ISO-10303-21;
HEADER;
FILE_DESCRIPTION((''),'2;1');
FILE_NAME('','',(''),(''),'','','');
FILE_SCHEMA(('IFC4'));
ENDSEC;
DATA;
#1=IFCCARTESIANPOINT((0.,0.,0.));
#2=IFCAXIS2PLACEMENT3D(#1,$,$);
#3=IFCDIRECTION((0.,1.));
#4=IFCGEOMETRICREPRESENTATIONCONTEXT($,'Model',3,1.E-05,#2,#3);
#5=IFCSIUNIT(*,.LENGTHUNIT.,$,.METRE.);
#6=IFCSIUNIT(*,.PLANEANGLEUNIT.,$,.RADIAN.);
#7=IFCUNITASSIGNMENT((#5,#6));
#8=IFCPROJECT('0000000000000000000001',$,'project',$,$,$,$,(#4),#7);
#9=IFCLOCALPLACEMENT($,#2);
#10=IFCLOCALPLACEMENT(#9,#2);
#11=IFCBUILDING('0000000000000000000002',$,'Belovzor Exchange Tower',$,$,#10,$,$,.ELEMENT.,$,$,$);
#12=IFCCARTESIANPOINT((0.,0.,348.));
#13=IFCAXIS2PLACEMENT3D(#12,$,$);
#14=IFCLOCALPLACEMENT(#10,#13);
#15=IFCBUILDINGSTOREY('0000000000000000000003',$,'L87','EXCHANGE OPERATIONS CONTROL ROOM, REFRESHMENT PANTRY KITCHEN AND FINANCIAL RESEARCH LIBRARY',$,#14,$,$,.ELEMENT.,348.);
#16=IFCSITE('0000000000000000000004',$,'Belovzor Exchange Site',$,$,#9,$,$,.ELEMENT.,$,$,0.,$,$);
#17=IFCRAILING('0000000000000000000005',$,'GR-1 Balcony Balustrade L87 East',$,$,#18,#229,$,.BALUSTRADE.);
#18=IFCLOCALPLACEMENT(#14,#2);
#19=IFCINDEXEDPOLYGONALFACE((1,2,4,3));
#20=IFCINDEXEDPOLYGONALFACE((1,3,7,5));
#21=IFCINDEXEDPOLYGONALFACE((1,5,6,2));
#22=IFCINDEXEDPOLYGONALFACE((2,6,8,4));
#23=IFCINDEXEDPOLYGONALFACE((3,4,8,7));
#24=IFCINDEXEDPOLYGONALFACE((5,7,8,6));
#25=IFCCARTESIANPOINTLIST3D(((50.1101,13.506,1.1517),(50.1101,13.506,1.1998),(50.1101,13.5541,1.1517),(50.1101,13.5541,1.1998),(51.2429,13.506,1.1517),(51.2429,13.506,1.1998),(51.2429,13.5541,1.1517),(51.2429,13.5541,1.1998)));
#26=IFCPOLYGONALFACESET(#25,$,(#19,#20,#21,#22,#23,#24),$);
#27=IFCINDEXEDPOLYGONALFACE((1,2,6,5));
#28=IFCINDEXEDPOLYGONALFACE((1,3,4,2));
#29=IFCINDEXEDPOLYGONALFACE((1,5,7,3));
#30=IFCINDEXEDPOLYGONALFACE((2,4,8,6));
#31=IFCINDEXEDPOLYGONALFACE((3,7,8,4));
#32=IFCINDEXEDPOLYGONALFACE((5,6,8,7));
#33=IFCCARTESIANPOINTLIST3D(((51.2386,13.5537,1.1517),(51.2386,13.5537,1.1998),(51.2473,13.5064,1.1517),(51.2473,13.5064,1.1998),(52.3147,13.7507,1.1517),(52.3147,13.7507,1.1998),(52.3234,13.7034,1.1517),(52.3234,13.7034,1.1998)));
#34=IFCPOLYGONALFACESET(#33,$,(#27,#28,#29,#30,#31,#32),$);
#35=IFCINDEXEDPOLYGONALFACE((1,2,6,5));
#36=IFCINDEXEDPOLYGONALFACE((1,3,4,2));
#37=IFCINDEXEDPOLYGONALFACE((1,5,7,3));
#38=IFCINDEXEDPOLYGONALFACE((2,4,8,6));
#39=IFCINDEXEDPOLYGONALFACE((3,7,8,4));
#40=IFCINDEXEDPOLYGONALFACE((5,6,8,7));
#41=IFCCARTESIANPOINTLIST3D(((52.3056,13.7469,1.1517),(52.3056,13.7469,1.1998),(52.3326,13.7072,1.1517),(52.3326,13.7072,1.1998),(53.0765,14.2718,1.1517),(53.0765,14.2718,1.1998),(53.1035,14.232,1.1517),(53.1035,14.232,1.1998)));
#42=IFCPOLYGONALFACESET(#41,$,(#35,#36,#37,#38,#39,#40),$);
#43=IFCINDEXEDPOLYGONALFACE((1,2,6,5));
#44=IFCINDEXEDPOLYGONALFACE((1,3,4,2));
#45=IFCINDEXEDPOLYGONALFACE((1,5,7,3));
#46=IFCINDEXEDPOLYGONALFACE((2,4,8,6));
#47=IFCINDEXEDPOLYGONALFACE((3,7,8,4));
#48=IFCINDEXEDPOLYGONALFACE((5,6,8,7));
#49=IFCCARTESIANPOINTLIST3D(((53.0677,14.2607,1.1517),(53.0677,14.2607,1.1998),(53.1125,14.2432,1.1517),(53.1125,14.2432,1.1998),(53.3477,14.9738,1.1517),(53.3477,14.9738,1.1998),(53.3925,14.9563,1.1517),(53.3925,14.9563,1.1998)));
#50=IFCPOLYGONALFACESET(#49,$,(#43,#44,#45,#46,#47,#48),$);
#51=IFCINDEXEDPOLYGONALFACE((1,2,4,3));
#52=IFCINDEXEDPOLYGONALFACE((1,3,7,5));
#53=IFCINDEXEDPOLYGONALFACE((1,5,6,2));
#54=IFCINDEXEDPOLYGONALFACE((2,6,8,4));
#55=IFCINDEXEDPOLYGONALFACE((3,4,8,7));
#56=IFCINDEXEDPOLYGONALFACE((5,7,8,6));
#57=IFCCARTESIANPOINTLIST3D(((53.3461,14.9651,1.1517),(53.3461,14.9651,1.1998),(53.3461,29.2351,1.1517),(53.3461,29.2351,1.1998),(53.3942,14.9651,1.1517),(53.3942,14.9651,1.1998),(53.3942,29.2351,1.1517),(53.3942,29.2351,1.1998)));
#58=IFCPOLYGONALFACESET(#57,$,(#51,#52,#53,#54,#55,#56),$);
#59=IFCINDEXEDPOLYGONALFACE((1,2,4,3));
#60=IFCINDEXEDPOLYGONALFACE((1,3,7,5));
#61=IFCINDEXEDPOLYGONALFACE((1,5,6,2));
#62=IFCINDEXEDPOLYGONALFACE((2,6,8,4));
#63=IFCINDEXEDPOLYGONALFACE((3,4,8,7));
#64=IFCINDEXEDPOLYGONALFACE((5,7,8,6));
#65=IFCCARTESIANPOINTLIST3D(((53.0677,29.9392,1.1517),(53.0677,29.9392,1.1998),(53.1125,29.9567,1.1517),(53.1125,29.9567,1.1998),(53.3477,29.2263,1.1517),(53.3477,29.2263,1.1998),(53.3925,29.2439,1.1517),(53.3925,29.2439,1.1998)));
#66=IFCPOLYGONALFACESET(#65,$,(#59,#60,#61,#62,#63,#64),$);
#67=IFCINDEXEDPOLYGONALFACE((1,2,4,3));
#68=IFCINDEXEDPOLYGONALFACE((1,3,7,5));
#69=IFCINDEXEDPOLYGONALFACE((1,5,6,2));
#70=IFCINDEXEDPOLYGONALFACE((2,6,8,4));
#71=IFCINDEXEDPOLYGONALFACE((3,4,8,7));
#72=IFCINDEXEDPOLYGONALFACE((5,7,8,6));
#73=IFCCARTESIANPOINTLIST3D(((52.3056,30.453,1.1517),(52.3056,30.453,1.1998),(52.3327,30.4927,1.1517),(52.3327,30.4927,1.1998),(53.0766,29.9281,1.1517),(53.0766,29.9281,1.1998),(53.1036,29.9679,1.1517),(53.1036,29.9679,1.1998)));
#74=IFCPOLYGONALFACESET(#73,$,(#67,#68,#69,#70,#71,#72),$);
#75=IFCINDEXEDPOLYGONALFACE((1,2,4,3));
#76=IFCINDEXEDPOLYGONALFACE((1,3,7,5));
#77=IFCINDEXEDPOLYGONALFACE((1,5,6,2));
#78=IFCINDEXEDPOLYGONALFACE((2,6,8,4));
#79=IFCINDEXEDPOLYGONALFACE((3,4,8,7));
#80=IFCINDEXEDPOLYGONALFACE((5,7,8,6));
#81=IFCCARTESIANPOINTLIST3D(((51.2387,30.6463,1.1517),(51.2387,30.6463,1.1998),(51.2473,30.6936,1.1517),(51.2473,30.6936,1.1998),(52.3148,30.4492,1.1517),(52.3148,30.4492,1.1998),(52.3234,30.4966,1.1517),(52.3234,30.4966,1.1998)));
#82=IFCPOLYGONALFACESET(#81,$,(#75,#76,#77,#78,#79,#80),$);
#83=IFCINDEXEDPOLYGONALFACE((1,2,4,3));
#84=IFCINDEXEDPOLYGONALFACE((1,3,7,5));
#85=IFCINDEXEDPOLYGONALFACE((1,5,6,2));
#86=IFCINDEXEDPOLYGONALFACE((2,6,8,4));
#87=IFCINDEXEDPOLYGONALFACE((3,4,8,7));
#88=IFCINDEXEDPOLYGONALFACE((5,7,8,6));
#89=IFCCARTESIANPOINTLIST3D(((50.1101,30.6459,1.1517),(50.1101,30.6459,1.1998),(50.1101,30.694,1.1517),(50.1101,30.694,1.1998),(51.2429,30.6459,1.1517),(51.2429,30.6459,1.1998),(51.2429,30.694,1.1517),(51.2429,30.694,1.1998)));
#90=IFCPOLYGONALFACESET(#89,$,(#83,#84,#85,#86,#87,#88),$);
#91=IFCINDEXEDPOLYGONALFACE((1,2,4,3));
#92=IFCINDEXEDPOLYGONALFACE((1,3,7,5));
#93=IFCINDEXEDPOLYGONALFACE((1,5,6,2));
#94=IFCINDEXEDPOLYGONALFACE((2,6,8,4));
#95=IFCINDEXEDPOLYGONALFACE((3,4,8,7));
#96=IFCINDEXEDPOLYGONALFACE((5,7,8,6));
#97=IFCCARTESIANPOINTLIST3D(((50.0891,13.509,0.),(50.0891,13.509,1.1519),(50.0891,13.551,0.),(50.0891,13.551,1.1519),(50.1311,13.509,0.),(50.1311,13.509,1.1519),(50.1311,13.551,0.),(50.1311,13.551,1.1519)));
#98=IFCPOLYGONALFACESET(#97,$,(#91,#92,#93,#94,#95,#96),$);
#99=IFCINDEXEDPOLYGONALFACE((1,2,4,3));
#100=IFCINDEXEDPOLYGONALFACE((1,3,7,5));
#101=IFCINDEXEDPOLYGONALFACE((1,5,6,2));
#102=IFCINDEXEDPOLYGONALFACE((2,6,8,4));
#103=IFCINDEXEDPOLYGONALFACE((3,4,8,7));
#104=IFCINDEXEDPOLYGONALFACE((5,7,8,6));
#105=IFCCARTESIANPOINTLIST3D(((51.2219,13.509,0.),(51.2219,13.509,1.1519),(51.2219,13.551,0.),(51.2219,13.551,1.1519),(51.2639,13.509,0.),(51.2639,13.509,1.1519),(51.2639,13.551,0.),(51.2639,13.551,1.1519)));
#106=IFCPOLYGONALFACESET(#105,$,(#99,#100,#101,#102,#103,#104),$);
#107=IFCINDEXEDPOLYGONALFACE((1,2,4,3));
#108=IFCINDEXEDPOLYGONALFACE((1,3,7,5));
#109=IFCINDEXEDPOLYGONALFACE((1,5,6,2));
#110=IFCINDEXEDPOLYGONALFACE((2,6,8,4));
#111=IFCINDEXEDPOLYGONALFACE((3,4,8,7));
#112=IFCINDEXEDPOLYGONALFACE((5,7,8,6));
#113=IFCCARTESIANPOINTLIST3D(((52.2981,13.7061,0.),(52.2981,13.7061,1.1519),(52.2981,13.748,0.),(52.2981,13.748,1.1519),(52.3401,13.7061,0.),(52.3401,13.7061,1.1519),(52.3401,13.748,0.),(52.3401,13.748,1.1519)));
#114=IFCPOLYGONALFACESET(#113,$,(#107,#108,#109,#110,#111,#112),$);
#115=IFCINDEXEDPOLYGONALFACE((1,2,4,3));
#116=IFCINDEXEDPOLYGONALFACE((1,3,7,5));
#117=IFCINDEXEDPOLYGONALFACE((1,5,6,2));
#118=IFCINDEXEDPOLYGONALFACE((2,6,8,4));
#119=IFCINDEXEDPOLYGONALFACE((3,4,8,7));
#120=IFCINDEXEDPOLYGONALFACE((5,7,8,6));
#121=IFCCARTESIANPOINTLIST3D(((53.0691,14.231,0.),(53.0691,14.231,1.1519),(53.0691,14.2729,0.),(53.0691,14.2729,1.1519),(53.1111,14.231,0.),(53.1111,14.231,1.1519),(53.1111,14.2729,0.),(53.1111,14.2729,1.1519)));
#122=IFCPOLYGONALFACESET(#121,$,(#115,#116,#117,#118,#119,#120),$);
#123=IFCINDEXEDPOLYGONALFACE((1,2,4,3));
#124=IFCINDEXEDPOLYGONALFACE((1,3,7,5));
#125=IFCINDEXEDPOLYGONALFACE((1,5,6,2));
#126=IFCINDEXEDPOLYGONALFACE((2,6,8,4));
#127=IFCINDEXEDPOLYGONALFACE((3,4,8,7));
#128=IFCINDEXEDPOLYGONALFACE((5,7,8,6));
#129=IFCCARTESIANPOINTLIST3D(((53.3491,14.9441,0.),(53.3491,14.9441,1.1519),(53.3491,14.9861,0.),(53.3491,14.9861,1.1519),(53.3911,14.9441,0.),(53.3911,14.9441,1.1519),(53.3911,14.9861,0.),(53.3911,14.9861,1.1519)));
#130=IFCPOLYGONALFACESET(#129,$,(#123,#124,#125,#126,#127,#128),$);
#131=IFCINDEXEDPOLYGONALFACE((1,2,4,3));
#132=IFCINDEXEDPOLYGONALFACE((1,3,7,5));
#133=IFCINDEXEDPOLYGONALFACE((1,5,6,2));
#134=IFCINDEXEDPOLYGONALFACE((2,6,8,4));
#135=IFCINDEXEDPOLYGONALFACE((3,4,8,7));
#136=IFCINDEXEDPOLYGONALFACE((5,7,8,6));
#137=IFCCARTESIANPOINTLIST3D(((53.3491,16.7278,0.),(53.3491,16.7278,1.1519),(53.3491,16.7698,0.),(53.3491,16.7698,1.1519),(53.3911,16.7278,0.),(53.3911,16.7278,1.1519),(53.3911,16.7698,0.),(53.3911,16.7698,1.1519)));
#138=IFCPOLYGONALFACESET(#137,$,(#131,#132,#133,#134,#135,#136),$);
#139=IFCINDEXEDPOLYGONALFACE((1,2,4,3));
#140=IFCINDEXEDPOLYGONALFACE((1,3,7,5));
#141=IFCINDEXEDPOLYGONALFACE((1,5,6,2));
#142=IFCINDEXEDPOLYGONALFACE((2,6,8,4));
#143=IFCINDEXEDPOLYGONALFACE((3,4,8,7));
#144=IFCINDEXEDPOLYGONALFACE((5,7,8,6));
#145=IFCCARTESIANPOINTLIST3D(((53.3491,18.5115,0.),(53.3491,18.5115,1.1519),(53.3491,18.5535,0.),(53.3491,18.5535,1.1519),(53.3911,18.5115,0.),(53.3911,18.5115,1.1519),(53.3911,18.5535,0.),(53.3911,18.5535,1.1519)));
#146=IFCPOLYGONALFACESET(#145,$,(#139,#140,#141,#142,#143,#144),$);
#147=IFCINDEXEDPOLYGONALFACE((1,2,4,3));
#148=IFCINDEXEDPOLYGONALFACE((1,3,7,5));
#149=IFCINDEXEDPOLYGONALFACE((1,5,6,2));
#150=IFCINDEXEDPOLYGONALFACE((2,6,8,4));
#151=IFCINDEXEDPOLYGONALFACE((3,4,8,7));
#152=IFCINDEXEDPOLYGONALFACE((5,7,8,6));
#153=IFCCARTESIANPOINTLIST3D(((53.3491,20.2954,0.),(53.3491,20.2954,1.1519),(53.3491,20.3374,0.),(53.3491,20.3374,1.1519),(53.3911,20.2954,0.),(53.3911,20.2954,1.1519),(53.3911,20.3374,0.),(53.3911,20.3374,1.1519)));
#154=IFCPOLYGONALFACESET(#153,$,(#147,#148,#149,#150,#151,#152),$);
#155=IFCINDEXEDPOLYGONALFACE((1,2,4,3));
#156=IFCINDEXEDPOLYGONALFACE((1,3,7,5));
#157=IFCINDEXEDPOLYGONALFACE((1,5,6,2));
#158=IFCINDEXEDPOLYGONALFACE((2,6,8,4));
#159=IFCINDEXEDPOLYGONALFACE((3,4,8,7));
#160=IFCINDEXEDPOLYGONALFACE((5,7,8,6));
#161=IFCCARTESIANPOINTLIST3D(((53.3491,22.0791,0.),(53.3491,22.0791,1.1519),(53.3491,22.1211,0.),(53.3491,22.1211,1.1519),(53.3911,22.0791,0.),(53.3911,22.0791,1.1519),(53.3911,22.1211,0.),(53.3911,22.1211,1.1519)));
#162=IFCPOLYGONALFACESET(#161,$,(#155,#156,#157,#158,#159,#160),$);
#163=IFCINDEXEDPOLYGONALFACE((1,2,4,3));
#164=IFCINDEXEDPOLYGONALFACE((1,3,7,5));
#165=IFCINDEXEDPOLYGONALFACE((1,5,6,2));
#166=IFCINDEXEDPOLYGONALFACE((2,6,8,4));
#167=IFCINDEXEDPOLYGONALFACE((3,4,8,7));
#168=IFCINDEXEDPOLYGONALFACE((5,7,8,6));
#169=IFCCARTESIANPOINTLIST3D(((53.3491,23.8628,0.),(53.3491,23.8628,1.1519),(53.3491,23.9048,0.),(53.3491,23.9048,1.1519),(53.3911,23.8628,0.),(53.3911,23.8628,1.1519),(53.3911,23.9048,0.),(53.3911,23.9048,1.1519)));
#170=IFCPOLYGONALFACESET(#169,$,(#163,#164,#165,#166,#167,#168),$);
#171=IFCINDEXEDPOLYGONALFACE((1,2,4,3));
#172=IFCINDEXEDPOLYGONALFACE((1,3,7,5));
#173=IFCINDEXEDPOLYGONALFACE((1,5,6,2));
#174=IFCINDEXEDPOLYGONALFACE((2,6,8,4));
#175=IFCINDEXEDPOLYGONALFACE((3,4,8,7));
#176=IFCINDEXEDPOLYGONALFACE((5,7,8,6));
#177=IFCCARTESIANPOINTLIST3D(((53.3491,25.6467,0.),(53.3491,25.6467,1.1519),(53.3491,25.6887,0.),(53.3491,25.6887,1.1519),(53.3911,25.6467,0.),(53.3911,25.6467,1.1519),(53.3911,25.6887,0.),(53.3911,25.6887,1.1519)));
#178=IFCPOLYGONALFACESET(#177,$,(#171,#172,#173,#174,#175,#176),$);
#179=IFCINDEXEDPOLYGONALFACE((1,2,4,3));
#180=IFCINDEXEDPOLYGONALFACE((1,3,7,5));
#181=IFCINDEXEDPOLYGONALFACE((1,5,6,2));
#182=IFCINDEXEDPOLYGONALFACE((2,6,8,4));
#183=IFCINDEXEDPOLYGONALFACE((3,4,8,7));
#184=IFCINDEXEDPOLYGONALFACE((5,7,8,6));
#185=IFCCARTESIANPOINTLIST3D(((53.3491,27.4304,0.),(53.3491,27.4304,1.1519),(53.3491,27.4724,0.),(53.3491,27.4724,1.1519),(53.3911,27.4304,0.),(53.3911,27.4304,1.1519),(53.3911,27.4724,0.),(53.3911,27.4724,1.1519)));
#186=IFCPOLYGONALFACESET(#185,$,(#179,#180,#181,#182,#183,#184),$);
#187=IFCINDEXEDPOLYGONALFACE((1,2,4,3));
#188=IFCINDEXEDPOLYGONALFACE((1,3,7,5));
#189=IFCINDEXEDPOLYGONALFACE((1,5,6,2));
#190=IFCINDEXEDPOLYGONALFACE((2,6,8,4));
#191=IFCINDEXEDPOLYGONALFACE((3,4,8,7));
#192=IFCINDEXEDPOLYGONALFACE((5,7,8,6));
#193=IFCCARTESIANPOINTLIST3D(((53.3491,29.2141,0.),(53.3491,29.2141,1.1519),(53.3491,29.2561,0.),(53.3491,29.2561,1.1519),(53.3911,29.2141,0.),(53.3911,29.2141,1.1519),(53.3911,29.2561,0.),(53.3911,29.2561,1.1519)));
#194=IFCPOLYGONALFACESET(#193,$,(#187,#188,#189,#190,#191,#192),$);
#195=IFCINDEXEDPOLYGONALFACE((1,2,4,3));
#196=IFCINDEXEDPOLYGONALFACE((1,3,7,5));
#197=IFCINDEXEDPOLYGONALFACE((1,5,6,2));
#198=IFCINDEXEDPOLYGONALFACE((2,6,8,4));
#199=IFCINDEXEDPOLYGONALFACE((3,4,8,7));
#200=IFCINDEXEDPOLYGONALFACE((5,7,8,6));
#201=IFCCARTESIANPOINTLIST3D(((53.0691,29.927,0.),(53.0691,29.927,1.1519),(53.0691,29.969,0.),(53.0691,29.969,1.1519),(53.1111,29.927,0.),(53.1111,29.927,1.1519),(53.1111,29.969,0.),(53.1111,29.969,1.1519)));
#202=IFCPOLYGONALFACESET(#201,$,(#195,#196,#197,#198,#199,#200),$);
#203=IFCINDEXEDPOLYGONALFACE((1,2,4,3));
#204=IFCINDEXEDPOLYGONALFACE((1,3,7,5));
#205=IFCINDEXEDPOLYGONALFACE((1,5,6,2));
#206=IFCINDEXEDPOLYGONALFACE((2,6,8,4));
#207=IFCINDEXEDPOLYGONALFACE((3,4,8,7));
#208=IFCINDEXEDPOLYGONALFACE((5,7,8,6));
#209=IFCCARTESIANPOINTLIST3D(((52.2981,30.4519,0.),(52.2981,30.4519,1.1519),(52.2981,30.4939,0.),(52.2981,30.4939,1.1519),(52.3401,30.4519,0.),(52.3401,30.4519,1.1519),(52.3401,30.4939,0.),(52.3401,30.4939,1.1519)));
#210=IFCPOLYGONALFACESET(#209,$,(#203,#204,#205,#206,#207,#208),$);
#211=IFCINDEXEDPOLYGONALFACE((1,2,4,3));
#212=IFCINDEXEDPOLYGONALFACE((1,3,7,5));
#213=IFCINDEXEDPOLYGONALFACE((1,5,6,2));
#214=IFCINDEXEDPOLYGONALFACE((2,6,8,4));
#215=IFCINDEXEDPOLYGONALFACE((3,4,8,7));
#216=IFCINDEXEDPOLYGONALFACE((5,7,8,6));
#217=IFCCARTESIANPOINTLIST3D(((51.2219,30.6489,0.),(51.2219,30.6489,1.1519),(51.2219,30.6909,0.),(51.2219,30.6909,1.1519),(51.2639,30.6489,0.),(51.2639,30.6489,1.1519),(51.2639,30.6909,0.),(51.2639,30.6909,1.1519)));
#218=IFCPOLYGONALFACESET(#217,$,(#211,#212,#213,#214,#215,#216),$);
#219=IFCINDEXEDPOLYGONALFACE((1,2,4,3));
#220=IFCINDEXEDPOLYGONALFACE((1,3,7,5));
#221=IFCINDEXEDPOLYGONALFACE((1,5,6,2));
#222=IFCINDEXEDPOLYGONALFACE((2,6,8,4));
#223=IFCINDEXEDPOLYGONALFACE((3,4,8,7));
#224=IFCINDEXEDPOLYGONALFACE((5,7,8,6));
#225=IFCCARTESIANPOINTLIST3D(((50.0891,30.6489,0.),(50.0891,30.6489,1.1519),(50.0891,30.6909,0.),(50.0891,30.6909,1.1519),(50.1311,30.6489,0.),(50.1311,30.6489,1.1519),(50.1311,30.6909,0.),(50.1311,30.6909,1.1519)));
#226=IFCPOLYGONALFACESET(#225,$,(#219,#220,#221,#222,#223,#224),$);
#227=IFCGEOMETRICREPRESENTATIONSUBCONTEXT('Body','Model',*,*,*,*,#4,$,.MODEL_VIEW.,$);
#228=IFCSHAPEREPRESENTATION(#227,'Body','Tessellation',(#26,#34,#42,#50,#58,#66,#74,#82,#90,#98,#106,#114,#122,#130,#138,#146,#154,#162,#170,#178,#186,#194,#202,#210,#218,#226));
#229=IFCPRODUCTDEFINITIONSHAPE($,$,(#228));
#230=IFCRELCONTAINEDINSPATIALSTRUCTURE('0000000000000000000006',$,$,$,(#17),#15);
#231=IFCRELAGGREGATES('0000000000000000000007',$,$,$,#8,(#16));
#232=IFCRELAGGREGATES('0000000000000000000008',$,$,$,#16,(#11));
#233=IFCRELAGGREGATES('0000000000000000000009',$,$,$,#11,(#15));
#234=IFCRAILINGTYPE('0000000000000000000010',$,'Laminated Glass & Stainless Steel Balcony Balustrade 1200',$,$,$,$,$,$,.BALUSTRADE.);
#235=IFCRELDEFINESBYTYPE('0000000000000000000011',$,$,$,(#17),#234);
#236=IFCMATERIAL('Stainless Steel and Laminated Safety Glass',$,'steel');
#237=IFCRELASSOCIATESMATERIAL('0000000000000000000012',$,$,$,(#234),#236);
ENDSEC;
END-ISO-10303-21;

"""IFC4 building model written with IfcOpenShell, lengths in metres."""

from ifc_helpers import new_model, si_unit, direction, frame, origin, origin_2d, place, context, subcontext, project, spatial, rectangle, extrude, material, type_object, element, save


model = new_model("IFC4")

# Units and contexts
model_context = context("Model", 3, precision=1e-05, world=origin(), true_north=direction((0.0, 1.0)))
body_context = subcontext(model_context, "Body", "Model", "MODEL_VIEW")
ifc_project = project(units=[si_unit("LENGTHUNIT", "METRE"), si_unit("PLANEANGLEUNIT", "RADIAN")], contexts=[model_context])

# Site, building, storey
site_placement = place(None, origin())
site = spatial("IfcSite", under=ifc_project, at=site_placement, Name="Belovzor Exchange Site", CompositionType="ELEMENT", RefElevation=0.0)
building_placement = place(site_placement, origin())
building = spatial("IfcBuilding", under=site, at=building_placement, Name="Belovzor Exchange Tower", CompositionType="ELEMENT")
storey_placement = place(building_placement, frame((0.0, 0.0, 348.0)))
storey = spatial("IfcBuildingStorey", under=building, at=storey_placement, Name="L87", Description="EXCHANGE OPERATIONS CONTROL ROOM, REFRESHMENT PANTRY KITCHEN AND FINANCIAL RESEARCH LIBRARY", CompositionType="ELEMENT", Elevation=348.0)

# Railing
ifc_material_1 = material(Name="Stainless Steel and Laminated Safety Glass", Category="steel")
railing_type = type_object("IfcRailingType", Name="Laminated Glass & Stainless Steel Balcony Balustrade 1200", PredefinedType="BALUSTRADE", material=ifc_material_1)
railing_placement = place(storey_placement, frame((50.1101, 13.53, 0.0)))
element("IfcRailing", 1, at=railing_placement, inside=storey, type_object=railing_type, Name="GR-1 Balcony Balustrade L87 East", PredefinedType="BALUSTRADE", context=body_context, shape_type="SweptSolid", body=[
    extrude(rectangle(XDim=0.0481, YDim=0.0481, at=origin_2d()), frame((0.0, 0.0, 1.1758), z_axis=(1.0, 0.0, 0.0), x_axis=(0.0, 1.0, 0.0)), (0.0, 0.0, 1.0), 1.1328),
    extrude(rectangle(XDim=0.0481, YDim=0.0481, at=origin_2d()), frame((1.1328, 0.0, 1.1758), z_axis=(0.983651, 0.180083, 0.0), x_axis=(-0.180083, 0.983651, 0.0)), (0.0, 0.0, 1.0), 1.094),
    extrude(rectangle(XDim=0.0481, YDim=0.0481, at=origin_2d()), frame((2.209, 0.197, 1.1758), z_axis=(0.826615, 0.562768, 0.0), x_axis=(-0.562768, 0.826615, 0.0)), (0.0, 0.0, 1.0), 0.9326),
    extrude(rectangle(XDim=0.0481, YDim=0.0481, at=origin_2d()), frame((2.98, 0.7219, 1.1758), z_axis=(0.365504, 0.93081, 0.0), x_axis=(-0.93081, 0.365504, 0.0)), (0.0, 0.0, 1.0), 0.7661),
    extrude(rectangle(XDim=0.0481, YDim=0.0481, at=origin_2d()), frame((3.26, 1.4351, 1.1758), z_axis=(0.0, 1.0, 0.0), x_axis=(-1.0, 0.0, 0.0)), (0.0, 0.0, 1.0), 14.27),
    extrude(rectangle(XDim=0.0481, YDim=0.0481, at=origin_2d()), frame((3.26, 15.7051, 1.1758), z_axis=(-0.365613, 0.930767, 0.0), x_axis=(-0.930767, -0.365613, 0.0)), (0.0, 0.0, 1.0), 0.7659),
    extrude(rectangle(XDim=0.0481, YDim=0.0481, at=origin_2d()), frame((2.98, 16.418, 1.1758), z_axis=(-0.826615, 0.562768, 0.0), x_axis=(-0.562768, -0.826615, 0.0)), (0.0, 0.0, 1.0), 0.9326),
    extrude(rectangle(XDim=0.0481, YDim=0.0481, at=origin_2d()), frame((2.209, 16.9429, 1.1758), z_axis=(-0.983651, 0.180083, 0.0), x_axis=(-0.180083, -0.983651, 0.0)), (0.0, 0.0, 1.0), 1.094),
    extrude(rectangle(XDim=0.0481, YDim=0.0481, at=origin_2d()), frame((1.1328, 17.1399, 1.1758), z_axis=(-1.0, 0.0, 0.0), x_axis=(0.0, -1.0, 0.0)), (0.0, 0.0, 1.0), 1.1328),
    extrude(rectangle(XDim=0.042, YDim=0.042, at=origin_2d()), origin(), (0.0, 0.0, 1.0), 1.1519),
    extrude(rectangle(XDim=0.042, YDim=0.042, at=origin_2d()), frame((1.1328, 0.0, 0.0)), (0.0, 0.0, 1.0), 1.1519),
    extrude(rectangle(XDim=0.042, YDim=0.042, at=origin_2d()), frame((2.209, 0.197, 0.0)), (0.0, 0.0, 1.0), 1.1519),
    extrude(rectangle(XDim=0.042, YDim=0.042, at=origin_2d()), frame((2.98, 0.7219, 0.0)), (0.0, 0.0, 1.0), 1.1519),
    extrude(rectangle(XDim=0.042, YDim=0.042, at=origin_2d()), frame((3.26, 1.4351, 0.0)), (0.0, 0.0, 1.0), 1.1519),
    extrude(rectangle(XDim=0.042, YDim=0.042, at=origin_2d()), frame((3.26, 3.2188, 0.0)), (0.0, 0.0, 1.0), 1.1519),
    extrude(rectangle(XDim=0.042, YDim=0.042, at=origin_2d()), frame((3.26, 5.0024, 0.0)), (0.0, 0.0, 1.0), 1.1519),
    extrude(rectangle(XDim=0.042, YDim=0.042, at=origin_2d()), frame((3.26, 6.7864, 0.0)), (0.0, 0.0, 1.0), 1.1519),
    extrude(rectangle(XDim=0.042, YDim=0.042, at=origin_2d()), frame((3.26, 8.5701, 0.0)), (0.0, 0.0, 1.0), 1.1519),
    extrude(rectangle(XDim=0.042, YDim=0.042, at=origin_2d()), frame((3.26, 10.3538, 0.0)), (0.0, 0.0, 1.0), 1.1519),
    extrude(rectangle(XDim=0.042, YDim=0.042, at=origin_2d()), frame((3.26, 12.1377, 0.0)), (0.0, 0.0, 1.0), 1.1519),
    extrude(rectangle(XDim=0.042, YDim=0.042, at=origin_2d()), frame((3.26, 13.9214, 0.0)), (0.0, 0.0, 1.0), 1.1519),
    extrude(rectangle(XDim=0.042, YDim=0.042, at=origin_2d()), frame((3.26, 15.7051, 0.0)), (0.0, 0.0, 1.0), 1.1519),
    extrude(rectangle(XDim=0.042, YDim=0.042, at=origin_2d()), frame((2.98, 16.418, 0.0)), (0.0, 0.0, 1.0), 1.1519),
    extrude(rectangle(XDim=0.042, YDim=0.042, at=origin_2d()), frame((2.209, 16.9429, 0.0)), (0.0, 0.0, 1.0), 1.1519),
    extrude(rectangle(XDim=0.042, YDim=0.042, at=origin_2d()), frame((1.1328, 17.1399, 0.0)), (0.0, 0.0, 1.0), 1.1519),
    extrude(rectangle(XDim=0.042, YDim=0.042, at=origin_2d()), frame((0.0, 17.1399, 0.0)), (0.0, 0.0, 1.0), 1.1519),
])

save(model, "model.ifc")
